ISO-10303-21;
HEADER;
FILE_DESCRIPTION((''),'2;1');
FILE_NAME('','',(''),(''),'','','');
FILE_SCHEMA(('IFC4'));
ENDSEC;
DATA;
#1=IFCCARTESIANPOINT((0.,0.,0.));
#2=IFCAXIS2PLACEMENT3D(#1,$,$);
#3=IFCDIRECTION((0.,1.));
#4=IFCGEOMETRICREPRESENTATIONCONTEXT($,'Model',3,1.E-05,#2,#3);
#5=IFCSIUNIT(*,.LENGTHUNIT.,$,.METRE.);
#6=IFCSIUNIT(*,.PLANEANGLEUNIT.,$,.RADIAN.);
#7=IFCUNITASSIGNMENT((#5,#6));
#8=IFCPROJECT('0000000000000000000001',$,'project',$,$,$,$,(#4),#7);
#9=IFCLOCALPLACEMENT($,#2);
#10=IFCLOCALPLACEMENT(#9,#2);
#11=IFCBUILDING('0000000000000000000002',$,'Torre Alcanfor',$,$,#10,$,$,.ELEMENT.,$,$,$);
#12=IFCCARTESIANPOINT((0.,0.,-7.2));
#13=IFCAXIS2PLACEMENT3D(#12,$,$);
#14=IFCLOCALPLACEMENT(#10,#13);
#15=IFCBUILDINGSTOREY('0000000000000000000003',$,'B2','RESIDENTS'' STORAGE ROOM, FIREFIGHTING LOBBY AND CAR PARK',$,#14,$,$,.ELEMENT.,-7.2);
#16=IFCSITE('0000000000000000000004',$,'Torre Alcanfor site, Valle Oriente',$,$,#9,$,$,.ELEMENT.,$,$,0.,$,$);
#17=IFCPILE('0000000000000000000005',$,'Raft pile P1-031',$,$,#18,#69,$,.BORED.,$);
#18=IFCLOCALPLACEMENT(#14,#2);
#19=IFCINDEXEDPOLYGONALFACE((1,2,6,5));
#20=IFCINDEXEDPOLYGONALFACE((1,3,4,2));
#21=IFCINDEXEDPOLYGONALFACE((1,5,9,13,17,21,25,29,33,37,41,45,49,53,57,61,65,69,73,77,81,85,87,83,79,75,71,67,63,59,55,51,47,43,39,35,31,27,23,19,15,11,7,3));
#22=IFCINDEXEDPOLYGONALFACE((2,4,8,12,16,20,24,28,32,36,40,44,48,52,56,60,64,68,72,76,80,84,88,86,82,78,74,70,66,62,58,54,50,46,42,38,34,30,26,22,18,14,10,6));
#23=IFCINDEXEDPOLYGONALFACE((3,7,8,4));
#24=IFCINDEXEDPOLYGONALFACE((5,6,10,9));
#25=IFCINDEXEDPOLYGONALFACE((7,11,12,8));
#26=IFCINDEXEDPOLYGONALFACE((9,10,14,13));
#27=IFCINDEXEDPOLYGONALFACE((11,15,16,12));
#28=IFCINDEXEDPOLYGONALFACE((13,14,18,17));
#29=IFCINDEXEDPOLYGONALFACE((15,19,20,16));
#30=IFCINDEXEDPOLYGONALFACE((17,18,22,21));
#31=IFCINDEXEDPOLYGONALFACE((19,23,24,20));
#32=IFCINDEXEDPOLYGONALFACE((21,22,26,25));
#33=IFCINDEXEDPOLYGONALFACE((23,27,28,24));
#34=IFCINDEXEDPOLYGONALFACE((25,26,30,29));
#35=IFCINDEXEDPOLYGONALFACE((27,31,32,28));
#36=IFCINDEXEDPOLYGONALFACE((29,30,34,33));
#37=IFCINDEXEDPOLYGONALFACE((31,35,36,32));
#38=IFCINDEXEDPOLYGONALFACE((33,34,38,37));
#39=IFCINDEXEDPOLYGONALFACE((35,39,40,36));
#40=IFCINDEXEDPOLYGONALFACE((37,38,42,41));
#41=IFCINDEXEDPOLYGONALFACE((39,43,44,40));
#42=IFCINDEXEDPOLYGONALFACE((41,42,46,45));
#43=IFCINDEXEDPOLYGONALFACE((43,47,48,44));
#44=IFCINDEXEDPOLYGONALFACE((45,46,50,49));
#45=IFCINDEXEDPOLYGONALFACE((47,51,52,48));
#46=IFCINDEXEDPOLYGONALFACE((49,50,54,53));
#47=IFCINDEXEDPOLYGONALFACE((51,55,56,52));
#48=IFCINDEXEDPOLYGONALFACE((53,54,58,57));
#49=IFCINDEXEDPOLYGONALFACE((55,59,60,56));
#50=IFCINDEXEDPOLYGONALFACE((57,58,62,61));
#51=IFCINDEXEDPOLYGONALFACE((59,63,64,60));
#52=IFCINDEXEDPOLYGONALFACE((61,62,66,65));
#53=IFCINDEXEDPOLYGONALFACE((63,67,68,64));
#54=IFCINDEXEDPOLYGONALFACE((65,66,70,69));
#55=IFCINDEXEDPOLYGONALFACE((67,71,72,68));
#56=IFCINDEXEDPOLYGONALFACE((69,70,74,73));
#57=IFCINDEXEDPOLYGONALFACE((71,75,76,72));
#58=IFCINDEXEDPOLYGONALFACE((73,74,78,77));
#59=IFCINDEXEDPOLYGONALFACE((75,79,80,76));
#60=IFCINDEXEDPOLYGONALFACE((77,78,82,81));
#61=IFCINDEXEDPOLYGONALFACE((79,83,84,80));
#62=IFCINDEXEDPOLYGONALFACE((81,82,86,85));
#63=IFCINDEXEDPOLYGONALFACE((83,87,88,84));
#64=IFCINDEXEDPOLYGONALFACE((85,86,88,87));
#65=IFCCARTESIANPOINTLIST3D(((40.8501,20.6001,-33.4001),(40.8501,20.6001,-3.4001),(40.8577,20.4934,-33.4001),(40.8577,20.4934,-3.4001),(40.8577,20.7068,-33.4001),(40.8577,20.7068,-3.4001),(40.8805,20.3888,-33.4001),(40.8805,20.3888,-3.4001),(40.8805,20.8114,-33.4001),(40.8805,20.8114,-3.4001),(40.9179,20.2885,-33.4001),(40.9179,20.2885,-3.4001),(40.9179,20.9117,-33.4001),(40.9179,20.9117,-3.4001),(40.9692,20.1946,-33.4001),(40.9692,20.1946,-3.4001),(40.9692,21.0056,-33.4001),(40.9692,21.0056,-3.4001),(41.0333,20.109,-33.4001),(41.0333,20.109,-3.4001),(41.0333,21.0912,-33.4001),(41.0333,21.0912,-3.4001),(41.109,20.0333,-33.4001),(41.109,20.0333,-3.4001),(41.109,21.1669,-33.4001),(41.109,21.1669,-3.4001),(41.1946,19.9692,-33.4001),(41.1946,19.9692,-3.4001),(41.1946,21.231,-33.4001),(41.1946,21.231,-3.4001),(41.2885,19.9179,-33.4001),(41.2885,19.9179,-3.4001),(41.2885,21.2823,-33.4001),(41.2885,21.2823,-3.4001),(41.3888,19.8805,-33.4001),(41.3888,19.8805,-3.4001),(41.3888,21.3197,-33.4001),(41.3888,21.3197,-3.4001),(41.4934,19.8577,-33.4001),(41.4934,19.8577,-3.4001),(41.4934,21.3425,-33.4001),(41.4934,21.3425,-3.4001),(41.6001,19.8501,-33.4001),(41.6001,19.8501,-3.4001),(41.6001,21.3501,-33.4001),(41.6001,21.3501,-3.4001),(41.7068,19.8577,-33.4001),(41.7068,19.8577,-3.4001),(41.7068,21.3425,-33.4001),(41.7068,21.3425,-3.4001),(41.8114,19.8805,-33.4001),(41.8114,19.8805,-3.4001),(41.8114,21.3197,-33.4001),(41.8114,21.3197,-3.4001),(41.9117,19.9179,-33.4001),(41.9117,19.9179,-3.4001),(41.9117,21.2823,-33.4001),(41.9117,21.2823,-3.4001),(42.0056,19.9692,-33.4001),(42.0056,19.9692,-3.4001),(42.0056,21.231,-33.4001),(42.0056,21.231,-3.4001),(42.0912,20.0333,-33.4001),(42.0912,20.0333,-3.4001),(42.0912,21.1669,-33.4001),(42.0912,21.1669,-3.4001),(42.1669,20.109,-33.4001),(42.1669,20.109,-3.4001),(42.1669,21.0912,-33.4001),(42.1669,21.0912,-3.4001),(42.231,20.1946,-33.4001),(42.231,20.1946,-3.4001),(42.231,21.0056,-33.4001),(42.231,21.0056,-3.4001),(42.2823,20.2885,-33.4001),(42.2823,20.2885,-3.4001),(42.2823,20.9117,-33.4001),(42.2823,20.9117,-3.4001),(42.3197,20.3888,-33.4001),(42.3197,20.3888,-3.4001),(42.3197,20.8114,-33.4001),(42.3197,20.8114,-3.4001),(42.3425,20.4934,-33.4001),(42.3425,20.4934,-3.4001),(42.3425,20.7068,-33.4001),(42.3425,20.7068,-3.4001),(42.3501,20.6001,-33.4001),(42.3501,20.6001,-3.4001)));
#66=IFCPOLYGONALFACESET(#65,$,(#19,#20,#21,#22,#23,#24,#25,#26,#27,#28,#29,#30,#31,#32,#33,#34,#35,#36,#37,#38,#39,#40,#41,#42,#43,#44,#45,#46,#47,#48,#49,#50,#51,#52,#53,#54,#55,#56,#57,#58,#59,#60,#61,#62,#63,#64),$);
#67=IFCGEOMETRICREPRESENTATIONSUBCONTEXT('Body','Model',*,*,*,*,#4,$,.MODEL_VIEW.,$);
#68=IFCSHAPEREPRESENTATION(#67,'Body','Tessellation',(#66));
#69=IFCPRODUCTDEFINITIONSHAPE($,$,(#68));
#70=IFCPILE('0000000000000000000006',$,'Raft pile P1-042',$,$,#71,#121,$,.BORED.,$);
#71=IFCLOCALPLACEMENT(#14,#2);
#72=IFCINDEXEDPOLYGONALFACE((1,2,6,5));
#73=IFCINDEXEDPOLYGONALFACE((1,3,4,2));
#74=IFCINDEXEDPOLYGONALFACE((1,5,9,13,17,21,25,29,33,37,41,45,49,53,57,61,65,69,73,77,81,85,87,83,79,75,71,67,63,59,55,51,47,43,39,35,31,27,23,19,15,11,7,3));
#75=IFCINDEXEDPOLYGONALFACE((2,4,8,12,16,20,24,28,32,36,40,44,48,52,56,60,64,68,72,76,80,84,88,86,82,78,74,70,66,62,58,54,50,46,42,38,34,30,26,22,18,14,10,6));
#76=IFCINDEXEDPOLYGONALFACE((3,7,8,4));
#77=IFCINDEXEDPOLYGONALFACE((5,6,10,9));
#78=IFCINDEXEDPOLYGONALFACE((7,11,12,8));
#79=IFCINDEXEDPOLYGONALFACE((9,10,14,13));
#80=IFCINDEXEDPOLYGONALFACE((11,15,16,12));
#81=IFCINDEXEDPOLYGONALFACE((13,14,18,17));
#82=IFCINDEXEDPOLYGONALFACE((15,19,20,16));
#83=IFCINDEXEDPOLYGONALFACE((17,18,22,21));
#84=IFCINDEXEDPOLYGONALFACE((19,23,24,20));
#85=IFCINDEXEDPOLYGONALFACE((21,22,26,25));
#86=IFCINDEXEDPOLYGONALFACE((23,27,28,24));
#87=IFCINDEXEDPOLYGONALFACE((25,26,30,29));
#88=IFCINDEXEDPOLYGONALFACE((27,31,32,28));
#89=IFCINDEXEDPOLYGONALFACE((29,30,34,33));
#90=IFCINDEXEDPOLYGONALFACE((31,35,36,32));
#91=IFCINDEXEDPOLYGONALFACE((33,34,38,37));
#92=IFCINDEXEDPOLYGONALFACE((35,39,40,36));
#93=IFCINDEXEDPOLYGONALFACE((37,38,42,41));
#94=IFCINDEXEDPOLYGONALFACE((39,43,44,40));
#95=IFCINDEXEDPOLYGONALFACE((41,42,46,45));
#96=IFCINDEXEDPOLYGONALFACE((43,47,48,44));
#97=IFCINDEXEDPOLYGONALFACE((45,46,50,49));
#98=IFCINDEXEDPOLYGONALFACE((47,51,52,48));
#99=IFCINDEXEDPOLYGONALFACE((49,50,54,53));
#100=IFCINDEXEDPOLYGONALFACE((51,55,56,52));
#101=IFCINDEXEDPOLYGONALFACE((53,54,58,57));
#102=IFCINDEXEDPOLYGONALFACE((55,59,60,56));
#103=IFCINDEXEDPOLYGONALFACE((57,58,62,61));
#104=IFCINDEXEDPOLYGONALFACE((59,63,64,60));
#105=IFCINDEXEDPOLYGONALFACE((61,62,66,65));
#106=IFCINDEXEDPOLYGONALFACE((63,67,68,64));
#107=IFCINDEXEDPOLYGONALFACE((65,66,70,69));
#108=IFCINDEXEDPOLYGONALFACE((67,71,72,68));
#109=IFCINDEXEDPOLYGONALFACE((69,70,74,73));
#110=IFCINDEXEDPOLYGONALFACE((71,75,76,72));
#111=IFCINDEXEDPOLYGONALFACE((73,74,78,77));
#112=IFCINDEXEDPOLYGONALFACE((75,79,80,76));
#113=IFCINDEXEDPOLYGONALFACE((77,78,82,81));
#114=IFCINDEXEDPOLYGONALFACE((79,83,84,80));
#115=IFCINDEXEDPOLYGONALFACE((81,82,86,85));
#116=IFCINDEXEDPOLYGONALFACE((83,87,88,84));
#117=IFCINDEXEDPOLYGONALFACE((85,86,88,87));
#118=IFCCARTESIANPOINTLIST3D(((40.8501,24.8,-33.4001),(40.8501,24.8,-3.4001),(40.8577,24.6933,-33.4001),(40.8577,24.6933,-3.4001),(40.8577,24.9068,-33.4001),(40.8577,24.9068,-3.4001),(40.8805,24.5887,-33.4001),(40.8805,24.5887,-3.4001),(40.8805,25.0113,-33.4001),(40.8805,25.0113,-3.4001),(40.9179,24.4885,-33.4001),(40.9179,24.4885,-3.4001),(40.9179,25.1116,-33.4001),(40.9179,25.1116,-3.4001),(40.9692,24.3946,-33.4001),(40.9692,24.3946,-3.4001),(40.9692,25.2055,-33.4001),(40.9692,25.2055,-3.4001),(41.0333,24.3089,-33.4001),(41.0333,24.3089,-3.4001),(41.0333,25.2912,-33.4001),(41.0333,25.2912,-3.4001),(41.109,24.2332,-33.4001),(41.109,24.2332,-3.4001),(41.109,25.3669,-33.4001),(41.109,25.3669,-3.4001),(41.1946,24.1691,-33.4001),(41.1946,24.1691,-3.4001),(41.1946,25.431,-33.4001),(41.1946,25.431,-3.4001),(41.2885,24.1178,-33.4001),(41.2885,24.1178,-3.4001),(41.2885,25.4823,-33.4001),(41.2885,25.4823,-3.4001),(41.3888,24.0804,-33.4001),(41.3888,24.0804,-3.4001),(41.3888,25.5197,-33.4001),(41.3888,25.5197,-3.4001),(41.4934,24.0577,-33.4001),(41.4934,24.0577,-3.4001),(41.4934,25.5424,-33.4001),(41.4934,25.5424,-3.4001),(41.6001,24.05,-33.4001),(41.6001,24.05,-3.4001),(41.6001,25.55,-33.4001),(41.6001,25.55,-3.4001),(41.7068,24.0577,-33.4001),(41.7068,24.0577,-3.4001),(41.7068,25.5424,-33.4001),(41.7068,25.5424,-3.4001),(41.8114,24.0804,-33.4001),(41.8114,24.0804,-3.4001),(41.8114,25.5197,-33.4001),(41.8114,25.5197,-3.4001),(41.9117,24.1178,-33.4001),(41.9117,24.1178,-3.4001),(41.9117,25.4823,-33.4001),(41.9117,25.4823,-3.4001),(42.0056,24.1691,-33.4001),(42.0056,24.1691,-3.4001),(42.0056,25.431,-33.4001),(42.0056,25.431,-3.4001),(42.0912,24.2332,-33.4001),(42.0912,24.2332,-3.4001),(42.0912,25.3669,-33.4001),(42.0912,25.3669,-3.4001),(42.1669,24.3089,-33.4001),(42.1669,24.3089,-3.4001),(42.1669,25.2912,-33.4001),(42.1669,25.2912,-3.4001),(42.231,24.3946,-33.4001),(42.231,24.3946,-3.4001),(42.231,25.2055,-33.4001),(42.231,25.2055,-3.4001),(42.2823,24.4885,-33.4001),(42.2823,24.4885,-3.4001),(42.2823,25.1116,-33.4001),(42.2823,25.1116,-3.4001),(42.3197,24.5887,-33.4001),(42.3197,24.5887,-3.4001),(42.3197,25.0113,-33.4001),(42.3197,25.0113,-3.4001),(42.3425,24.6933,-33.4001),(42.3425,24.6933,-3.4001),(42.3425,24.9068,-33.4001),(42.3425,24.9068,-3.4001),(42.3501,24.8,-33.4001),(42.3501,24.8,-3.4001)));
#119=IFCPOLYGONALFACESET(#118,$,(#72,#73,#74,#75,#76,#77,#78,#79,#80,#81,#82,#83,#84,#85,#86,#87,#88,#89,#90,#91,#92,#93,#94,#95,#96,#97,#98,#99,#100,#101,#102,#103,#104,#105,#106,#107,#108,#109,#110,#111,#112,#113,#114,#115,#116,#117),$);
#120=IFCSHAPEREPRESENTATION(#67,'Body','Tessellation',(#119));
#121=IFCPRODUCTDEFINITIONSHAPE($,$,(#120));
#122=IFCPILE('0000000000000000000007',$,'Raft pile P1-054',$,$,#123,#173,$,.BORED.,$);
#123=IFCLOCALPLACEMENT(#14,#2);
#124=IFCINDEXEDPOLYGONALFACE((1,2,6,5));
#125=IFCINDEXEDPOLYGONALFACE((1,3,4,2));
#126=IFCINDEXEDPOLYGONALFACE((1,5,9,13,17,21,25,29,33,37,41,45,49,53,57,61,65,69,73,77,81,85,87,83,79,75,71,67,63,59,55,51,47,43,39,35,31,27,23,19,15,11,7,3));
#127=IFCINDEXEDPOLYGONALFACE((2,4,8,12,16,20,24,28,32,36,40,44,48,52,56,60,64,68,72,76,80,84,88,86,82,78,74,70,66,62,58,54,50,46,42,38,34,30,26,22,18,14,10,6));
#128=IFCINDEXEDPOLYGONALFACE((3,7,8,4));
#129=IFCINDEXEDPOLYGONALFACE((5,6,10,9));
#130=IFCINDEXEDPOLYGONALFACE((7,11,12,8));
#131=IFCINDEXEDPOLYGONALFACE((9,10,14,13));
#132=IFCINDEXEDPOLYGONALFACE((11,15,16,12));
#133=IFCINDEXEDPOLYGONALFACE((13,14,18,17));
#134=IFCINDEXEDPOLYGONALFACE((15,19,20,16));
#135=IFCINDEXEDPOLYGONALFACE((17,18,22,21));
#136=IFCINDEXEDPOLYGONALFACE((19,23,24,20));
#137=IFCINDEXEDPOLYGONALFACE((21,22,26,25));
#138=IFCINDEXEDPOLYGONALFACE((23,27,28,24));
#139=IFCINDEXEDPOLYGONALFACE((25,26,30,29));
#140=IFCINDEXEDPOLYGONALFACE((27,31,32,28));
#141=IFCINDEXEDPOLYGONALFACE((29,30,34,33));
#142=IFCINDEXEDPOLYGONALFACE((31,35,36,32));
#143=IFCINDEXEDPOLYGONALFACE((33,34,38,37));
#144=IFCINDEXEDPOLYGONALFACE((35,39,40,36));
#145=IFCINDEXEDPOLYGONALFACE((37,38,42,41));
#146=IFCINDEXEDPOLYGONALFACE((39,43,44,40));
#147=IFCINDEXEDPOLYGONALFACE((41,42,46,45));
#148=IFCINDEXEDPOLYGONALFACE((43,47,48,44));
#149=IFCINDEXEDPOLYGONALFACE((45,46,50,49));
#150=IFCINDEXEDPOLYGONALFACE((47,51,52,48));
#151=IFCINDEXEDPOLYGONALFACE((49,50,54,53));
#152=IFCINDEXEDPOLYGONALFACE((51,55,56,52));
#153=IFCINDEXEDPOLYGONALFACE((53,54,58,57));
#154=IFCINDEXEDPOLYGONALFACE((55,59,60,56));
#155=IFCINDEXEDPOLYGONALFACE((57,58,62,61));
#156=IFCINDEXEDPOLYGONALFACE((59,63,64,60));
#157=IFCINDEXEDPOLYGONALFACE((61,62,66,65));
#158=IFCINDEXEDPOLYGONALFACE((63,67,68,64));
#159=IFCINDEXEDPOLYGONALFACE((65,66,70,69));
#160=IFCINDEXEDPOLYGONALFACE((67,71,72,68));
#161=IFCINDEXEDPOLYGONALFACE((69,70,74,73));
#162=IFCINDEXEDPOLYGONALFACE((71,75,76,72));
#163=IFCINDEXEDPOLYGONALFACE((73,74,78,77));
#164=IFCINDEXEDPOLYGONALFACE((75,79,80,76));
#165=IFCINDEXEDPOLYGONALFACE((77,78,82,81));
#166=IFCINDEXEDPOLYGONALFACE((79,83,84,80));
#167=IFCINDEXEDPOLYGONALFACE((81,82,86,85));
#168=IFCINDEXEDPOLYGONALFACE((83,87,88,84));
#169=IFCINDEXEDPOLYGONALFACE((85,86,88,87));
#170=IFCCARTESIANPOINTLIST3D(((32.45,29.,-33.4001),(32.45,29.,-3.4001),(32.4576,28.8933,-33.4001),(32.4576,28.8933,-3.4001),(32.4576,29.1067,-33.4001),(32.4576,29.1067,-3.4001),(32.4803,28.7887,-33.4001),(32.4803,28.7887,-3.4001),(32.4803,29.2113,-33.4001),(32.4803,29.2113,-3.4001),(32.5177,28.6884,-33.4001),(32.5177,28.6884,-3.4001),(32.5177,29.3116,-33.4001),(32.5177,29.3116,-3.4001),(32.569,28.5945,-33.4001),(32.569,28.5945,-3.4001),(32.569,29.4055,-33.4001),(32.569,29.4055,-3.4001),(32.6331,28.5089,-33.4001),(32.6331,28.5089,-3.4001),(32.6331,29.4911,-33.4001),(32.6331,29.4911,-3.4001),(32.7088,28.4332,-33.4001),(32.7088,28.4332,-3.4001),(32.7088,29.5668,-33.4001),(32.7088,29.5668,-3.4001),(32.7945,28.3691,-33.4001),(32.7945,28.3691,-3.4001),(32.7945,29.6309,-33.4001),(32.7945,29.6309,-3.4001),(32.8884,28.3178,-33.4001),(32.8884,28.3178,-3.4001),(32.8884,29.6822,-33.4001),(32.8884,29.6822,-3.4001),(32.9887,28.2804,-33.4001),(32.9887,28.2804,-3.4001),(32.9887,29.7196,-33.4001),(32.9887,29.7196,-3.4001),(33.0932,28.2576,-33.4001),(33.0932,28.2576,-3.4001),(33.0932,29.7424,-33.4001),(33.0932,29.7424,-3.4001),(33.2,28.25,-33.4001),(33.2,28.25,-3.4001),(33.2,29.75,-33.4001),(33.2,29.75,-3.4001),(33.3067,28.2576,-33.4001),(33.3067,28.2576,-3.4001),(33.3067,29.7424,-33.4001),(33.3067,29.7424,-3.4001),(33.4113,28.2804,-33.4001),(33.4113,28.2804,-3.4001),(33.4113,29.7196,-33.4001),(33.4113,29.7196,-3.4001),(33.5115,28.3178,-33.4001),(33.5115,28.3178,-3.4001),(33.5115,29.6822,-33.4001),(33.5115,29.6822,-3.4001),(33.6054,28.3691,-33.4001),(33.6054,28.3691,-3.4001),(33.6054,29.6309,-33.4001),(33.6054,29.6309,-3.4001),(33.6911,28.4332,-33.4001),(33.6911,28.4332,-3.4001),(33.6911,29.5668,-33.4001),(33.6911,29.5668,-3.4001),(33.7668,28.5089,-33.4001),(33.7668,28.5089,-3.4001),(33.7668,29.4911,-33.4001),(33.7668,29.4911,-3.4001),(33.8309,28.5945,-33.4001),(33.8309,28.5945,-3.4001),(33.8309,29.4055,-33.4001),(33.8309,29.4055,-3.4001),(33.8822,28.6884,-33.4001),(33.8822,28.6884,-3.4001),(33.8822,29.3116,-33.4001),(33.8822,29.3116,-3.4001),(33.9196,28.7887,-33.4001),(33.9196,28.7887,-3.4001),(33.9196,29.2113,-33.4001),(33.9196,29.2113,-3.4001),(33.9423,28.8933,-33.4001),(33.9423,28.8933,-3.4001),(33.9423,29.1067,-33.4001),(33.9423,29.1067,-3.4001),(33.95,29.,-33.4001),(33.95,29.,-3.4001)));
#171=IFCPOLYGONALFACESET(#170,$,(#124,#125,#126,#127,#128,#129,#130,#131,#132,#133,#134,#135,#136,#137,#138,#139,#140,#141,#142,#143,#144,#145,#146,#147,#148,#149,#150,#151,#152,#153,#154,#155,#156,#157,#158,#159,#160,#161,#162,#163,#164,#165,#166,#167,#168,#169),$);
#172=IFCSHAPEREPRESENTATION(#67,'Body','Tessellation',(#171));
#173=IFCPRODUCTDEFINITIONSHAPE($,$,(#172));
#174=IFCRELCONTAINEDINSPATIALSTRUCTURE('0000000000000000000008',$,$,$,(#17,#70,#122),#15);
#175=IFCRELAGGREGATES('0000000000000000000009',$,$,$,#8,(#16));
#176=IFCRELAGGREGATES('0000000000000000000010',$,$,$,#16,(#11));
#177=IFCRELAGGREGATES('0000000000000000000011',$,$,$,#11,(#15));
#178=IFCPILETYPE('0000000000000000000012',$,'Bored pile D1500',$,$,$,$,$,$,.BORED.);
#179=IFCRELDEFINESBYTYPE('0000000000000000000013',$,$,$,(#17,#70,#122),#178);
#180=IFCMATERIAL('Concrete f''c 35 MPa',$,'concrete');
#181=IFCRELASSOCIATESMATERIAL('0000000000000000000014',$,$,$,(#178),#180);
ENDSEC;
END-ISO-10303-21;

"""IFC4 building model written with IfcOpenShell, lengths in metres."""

from ifc_helpers import new_model, si_unit, direction, frame, origin, origin_2d, place, context, subcontext, project, spatial, circle, extrude, material, material_profile, profile_set, type_object, element, save


model = new_model("IFC4")

# Units and contexts
model_context = context("Model", 3, precision=1e-05, world=origin(), true_north=direction((0.0, 1.0)))
body_context = subcontext(model_context, "Body", "Model", "MODEL_VIEW")
ifc_project = project(units=[si_unit("LENGTHUNIT", "METRE"), si_unit("PLANEANGLEUNIT", "RADIAN")], contexts=[model_context])

# Site, building, storey
site_placement = place(None, origin())
site = spatial("IfcSite", under=ifc_project, at=site_placement, Name="Torre Alcanfor site, Valle Oriente", CompositionType="ELEMENT", RefElevation=0.0)
building_placement = place(site_placement, origin())
building = spatial("IfcBuilding", under=site, at=building_placement, Name="Torre Alcanfor", CompositionType="ELEMENT")
storey_placement = place(building_placement, frame((0.0, 0.0, -7.2)))
storey = spatial("IfcBuildingStorey", under=building, at=storey_placement, Name="B2", Description="RESIDENTS' STORAGE ROOM, FIREFIGHTING LOBBY AND CAR PARK", CompositionType="ELEMENT", Elevation=-7.2)

# Piles
ifc_material_1 = material(Name="Concrete f'c 35 MPa", Category="concrete")
ifc_material_profile_1 = material_profile(ifc_material_1, circle(Radius=0.75, at=origin_2d()), Name="D1500")
ifc_profile_set_1 = profile_set([ifc_material_profile_1], Name="Concrete f'c 35 MPa")
pile_type = type_object("IfcPileType", Name="Bored pile D1500", PredefinedType="BORED", material=ifc_profile_set_1)
for number, where, z_axis, x_axis, name in (
    (1, (41.6001, 20.6001, -3.4001), (0.0, 0.0, -1.0), (1.0, 0.0, 0.0), "Raft pile P1-031"),
    (2, (41.6001, 24.8, -3.4001), (0.0, 0.0, -1.0), (1.0, 0.0, 0.0), "Raft pile P1-042"),
    (3, (33.2, 29.0, -3.4001), (0.0, 0.0, -1.0), (1.0, 0.0, 0.0), "Raft pile P1-054"),
):
    element("IfcPile", number, at=place(storey_placement, frame(where, z_axis=z_axis, x_axis=x_axis)), inside=storey, type_object=pile_type, Name=name, PredefinedType="BORED", context=body_context, shape_type="SweptSolid", body=[
        extrude(circle(Radius=0.75, at=origin_2d()), origin(), (0.0, 0.0, 1.0), 30.0),
    ])

save(model, "model.ifc")
